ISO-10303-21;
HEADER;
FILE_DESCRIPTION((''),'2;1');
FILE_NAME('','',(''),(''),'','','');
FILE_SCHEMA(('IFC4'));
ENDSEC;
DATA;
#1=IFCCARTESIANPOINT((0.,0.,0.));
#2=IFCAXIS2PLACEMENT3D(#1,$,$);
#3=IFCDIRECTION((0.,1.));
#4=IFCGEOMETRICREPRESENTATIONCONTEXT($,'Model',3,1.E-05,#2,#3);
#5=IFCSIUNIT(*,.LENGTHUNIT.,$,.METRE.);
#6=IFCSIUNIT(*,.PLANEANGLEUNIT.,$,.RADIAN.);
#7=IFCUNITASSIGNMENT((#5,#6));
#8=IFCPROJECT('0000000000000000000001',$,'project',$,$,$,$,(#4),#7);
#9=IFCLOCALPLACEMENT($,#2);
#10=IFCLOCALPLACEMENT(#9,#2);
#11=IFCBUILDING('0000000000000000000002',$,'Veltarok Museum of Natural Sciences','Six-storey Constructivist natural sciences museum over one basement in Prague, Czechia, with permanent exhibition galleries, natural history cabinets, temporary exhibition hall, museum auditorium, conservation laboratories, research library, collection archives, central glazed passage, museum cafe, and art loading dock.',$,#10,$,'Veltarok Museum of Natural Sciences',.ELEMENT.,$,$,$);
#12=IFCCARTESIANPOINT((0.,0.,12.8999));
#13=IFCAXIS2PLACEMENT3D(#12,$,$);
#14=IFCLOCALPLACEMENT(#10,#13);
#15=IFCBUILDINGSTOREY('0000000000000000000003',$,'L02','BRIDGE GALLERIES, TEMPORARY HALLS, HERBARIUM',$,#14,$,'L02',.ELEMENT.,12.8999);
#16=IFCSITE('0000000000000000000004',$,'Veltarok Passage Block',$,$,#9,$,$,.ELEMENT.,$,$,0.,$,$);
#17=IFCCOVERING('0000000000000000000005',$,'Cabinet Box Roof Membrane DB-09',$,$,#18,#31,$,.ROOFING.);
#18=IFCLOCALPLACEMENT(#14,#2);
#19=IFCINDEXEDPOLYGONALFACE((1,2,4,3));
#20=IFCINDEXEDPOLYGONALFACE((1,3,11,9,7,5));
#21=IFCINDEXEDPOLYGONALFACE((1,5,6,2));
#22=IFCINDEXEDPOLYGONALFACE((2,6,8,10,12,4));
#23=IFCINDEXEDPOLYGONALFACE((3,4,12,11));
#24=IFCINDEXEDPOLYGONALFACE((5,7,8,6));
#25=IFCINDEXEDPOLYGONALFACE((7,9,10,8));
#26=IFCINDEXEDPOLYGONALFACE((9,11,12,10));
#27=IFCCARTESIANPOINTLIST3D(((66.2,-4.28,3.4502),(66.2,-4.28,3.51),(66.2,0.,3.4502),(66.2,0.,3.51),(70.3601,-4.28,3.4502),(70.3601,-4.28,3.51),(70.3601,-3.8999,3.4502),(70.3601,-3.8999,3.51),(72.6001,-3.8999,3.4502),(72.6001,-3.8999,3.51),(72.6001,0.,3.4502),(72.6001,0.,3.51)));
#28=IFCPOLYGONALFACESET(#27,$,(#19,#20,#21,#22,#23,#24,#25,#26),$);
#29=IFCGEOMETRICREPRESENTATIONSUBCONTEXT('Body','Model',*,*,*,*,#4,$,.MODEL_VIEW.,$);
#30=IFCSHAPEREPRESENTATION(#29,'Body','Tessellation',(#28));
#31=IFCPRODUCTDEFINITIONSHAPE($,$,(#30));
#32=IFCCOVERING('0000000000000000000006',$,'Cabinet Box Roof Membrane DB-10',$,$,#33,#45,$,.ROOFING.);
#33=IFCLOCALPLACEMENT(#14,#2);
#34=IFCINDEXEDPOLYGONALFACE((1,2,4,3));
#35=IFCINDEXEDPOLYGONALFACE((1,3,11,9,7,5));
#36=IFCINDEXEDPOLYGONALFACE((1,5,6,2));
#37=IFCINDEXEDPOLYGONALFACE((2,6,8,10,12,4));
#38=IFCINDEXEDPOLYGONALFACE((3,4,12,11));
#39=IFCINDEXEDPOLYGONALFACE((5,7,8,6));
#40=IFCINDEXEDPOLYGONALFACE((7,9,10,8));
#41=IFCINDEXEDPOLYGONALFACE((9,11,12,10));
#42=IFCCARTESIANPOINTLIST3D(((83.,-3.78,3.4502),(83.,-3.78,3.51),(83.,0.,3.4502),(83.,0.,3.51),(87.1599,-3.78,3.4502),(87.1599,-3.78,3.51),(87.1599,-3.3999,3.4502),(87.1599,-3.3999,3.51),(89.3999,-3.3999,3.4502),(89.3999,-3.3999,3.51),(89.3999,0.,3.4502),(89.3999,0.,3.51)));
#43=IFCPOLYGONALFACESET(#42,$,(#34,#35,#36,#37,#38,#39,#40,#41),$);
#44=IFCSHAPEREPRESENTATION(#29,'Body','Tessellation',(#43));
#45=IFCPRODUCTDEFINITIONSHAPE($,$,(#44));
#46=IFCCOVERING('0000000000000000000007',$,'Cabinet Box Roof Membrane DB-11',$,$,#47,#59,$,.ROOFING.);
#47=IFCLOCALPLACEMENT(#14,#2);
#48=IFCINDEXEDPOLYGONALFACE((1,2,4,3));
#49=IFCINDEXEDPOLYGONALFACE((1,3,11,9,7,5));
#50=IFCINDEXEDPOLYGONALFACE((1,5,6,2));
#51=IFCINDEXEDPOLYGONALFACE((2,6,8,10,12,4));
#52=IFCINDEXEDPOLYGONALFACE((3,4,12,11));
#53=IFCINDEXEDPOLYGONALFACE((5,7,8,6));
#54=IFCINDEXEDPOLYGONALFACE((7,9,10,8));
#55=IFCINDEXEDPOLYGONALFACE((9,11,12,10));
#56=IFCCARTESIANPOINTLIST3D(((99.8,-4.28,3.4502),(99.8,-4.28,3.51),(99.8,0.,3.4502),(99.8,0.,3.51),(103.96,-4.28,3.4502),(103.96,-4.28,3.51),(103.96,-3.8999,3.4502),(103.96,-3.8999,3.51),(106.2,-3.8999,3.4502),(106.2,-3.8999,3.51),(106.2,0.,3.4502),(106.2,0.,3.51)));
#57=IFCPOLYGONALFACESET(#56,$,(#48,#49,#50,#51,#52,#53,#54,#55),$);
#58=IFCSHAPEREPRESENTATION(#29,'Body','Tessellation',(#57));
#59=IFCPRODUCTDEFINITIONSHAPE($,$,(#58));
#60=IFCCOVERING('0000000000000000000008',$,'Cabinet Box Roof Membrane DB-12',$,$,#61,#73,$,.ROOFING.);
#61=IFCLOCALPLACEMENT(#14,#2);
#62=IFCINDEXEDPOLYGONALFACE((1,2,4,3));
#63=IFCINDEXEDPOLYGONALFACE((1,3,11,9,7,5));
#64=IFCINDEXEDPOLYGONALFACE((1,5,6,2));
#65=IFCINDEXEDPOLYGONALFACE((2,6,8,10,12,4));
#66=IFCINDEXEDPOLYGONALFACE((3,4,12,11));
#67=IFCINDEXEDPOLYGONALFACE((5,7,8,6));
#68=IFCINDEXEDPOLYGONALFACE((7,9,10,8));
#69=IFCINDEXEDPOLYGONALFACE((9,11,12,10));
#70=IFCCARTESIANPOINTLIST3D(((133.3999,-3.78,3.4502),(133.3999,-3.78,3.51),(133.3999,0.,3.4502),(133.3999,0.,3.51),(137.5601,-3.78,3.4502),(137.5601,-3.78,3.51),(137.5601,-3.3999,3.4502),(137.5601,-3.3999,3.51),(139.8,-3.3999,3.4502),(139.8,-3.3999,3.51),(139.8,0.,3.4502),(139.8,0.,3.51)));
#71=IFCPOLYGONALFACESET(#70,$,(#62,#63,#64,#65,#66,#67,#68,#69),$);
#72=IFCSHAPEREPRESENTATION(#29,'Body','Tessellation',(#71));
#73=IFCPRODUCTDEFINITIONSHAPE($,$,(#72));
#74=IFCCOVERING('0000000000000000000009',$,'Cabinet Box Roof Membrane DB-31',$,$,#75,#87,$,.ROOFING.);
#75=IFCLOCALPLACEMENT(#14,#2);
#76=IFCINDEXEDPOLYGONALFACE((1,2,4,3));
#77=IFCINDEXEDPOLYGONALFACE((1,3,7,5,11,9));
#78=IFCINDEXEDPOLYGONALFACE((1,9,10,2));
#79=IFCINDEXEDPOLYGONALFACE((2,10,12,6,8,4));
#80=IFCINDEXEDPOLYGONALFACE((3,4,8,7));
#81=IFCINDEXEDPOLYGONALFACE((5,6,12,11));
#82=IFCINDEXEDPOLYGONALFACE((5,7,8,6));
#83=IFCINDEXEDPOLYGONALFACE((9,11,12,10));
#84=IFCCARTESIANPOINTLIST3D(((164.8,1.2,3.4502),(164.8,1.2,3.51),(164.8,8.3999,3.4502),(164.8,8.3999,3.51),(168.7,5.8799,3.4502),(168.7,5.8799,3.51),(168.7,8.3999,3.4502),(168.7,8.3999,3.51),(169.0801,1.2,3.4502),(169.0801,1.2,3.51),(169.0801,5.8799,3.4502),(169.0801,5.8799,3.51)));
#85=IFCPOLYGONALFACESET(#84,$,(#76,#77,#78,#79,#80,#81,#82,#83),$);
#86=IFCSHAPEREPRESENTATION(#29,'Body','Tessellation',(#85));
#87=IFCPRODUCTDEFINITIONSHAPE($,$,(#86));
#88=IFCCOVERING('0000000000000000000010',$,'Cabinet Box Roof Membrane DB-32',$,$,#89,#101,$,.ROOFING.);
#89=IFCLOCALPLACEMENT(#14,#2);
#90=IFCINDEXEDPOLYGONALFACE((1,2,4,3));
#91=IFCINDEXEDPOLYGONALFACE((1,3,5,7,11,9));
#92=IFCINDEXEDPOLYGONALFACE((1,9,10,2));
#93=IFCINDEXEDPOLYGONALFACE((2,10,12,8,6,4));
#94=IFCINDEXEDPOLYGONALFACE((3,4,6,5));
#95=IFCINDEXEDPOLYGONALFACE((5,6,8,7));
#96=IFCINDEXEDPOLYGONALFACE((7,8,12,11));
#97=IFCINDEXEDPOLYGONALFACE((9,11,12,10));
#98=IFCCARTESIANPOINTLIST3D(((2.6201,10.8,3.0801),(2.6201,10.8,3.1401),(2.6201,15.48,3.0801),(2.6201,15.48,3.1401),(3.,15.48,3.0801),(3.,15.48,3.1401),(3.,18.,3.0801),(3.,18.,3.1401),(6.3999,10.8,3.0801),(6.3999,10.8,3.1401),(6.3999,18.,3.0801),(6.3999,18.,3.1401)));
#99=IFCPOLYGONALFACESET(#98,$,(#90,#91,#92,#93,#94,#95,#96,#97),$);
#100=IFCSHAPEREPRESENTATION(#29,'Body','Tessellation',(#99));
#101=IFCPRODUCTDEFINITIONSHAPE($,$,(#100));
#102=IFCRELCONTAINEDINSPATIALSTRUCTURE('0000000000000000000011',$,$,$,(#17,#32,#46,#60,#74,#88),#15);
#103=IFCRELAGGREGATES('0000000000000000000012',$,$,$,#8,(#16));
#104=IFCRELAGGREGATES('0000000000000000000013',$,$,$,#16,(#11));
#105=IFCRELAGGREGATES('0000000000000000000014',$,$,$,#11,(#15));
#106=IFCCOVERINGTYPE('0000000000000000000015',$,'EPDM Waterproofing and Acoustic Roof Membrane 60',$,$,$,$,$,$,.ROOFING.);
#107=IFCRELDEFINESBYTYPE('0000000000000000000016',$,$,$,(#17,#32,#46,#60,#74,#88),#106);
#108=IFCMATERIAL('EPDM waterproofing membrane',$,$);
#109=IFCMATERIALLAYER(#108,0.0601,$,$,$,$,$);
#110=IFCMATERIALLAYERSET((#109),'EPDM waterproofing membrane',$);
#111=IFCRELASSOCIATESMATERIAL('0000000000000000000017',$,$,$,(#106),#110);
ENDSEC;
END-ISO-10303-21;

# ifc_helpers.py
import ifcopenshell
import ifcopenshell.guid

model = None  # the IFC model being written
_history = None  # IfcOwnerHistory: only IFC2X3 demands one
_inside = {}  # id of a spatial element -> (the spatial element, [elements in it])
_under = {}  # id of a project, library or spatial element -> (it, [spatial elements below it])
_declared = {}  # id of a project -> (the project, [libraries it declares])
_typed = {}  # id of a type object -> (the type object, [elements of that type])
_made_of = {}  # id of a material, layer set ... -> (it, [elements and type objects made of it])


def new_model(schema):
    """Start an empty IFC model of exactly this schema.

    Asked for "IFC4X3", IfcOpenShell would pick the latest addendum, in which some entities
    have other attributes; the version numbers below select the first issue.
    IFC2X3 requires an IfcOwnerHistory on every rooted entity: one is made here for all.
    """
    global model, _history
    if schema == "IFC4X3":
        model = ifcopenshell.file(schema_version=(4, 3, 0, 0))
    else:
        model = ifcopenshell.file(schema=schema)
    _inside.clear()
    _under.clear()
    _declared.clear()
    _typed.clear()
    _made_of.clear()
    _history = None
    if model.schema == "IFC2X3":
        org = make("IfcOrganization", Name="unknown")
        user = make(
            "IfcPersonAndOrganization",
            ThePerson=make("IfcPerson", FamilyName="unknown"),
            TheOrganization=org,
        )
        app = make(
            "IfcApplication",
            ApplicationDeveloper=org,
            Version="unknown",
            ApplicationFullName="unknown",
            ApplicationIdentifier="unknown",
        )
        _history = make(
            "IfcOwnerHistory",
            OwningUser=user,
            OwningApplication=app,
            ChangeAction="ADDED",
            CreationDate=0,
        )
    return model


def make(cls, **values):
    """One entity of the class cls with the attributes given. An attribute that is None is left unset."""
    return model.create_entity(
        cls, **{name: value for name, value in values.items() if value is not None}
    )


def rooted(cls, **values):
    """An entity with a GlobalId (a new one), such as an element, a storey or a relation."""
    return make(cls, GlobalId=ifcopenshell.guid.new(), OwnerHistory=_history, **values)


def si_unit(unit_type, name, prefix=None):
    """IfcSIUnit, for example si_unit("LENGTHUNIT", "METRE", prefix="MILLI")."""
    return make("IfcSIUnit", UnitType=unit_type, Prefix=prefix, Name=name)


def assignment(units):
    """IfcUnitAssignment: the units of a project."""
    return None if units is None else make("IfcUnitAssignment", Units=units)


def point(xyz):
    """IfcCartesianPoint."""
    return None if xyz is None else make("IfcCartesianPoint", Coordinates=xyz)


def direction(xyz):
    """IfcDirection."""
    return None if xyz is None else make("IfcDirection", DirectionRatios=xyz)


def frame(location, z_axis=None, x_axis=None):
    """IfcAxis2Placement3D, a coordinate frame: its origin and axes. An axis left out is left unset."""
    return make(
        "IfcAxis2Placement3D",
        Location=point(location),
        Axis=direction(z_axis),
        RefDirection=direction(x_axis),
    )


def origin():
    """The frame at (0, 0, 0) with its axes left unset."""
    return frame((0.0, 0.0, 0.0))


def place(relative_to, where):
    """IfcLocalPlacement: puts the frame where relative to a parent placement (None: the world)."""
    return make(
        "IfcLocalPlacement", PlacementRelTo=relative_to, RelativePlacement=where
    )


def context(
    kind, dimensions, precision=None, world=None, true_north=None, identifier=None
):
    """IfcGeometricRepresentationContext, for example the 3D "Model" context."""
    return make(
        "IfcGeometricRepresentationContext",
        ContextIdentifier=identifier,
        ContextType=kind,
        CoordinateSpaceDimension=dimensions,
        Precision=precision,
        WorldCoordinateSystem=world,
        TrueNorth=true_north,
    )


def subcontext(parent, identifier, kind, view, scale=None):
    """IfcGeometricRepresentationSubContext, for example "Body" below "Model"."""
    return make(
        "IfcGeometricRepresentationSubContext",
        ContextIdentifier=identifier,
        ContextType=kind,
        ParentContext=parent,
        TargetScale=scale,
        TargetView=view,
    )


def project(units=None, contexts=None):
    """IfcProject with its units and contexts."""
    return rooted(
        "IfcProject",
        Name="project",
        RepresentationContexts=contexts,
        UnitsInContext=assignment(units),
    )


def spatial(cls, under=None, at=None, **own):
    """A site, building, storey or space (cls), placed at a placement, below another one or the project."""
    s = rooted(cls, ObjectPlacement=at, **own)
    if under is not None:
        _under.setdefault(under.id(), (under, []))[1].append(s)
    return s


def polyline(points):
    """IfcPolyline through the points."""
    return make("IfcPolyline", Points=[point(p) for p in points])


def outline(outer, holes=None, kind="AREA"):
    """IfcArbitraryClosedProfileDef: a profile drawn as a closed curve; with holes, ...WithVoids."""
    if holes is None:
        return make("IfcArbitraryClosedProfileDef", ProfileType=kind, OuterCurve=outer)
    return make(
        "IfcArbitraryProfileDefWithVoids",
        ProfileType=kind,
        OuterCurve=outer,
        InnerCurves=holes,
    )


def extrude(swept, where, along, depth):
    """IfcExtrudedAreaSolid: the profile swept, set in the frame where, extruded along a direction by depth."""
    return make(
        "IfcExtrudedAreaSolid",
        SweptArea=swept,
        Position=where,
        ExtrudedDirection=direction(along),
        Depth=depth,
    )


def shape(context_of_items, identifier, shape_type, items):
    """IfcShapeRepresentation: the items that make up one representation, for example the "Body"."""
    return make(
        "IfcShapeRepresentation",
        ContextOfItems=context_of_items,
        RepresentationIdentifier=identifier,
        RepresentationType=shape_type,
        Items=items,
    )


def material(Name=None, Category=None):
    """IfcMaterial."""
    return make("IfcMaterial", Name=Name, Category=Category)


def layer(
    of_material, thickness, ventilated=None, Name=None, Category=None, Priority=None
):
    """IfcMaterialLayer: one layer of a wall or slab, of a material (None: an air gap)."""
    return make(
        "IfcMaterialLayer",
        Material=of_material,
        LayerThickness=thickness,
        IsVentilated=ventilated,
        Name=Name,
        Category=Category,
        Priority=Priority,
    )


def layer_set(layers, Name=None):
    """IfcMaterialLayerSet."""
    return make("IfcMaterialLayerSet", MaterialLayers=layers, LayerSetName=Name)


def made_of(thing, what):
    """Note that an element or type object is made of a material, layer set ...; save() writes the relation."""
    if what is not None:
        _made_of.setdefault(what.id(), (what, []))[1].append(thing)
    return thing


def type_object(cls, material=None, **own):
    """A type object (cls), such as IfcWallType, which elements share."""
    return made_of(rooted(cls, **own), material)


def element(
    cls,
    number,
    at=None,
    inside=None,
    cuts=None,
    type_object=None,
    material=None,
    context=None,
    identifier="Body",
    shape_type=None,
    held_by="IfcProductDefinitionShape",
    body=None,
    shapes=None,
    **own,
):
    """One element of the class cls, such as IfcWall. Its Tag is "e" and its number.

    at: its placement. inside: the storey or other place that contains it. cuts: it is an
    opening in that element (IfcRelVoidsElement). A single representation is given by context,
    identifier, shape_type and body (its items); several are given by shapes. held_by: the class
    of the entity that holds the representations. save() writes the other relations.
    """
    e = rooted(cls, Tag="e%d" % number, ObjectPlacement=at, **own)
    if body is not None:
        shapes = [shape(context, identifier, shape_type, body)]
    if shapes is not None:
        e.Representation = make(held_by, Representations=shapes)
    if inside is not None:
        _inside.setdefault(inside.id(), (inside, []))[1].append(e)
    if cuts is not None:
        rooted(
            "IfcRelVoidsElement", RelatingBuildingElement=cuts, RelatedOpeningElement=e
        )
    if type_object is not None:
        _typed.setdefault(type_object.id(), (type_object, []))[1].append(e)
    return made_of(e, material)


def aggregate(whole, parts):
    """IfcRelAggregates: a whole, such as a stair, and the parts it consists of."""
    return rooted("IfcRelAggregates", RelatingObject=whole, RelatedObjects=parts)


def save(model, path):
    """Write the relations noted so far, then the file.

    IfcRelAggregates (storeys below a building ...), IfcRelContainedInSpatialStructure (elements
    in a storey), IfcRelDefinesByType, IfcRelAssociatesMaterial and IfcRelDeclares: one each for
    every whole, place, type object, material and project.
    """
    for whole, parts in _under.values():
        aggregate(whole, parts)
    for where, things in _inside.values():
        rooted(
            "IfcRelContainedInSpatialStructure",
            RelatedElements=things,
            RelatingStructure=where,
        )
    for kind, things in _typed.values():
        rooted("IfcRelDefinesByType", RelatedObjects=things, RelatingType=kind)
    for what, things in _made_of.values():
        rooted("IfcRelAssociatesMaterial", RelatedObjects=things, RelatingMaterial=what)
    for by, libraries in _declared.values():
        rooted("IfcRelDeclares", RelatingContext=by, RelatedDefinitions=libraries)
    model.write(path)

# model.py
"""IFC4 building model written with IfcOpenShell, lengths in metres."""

from ifc_helpers import new_model, si_unit, direction, frame, origin, place, context, subcontext, project, spatial, polyline, outline, extrude, material, layer, layer_set, type_object, element, save


model = new_model("IFC4")

# Units and contexts
model_context = context("Model", 3, precision=1e-05, world=origin(), true_north=direction((0.0, 1.0)))
body_context = subcontext(model_context, "Body", "Model", "MODEL_VIEW")
ifc_project = project(units=[si_unit("LENGTHUNIT", "METRE"), si_unit("PLANEANGLEUNIT", "RADIAN")], contexts=[model_context])

# Site, building, storey
site_placement = place(None, origin())
site = spatial("IfcSite", under=ifc_project, at=site_placement, Name="Veltarok Passage Block", CompositionType="ELEMENT", RefElevation=0.0)
building_placement = place(site_placement, origin())
building = spatial("IfcBuilding", under=site, at=building_placement, Name="Veltarok Museum of Natural Sciences", Description="Six-storey Constructivist natural sciences museum over one basement in Prague, Czechia, with permanent exhibition galleries, natural history cabinets, temporary exhibition hall, museum auditorium, conservation laboratories, research library, collection archives, central glazed passage, museum cafe, and art loading dock.", LongName="Veltarok Museum of Natural Sciences", CompositionType="ELEMENT")
storey_placement = place(building_placement, frame((0.0, 0.0, 12.8999)))
storey = spatial("IfcBuildingStorey", under=building, at=storey_placement, Name="L02", Description="BRIDGE GALLERIES, TEMPORARY HALLS, HERBARIUM", LongName="L02", CompositionType="ELEMENT", Elevation=12.8999)

# Coverings
ifc_material_1 = material(Name="EPDM waterproofing membrane")
ifc_layer_1 = layer(ifc_material_1, 0.0601)
ifc_layer_set_1 = layer_set([ifc_layer_1], Name="EPDM waterproofing membrane")
covering_type = type_object("IfcCoveringType", Name="EPDM Waterproofing and Acoustic Roof Membrane 60", PredefinedType="ROOFING", material=ifc_layer_set_1)
covering_1_placement = place(storey_placement, frame((0.0, 0.0, 3.4502)))
element("IfcCovering", 1, at=covering_1_placement, inside=storey, type_object=covering_type, Name="Cabinet Box Roof Membrane DB-09", PredefinedType="ROOFING", context=body_context, shape_type="SweptSolid", body=[
    extrude(outline(polyline([(66.2, -4.28), (70.3601, -4.28), (70.3601, -3.8999), (72.6001, -3.8999), (72.6001, 0.0), (66.2, 0.0), (66.2, -4.28)])), origin(), (0.0, 0.0, 1.0), 0.0598),
])
covering_2_placement = place(storey_placement, frame((0.0, 0.0, 3.4502)))
element("IfcCovering", 2, at=covering_2_placement, inside=storey, type_object=covering_type, Name="Cabinet Box Roof Membrane DB-10", PredefinedType="ROOFING", context=body_context, shape_type="SweptSolid", body=[
    extrude(outline(polyline([(83.0, -3.78), (87.1599, -3.78), (87.1599, -3.3999), (89.3999, -3.3999), (89.3999, 0.0), (83.0, 0.0), (83.0, -3.78)])), origin(), (0.0, 0.0, 1.0), 0.0598),
])
covering_3_placement = place(storey_placement, frame((0.0, 0.0, 3.4502)))
element("IfcCovering", 3, at=covering_3_placement, inside=storey, type_object=covering_type, Name="Cabinet Box Roof Membrane DB-11", PredefinedType="ROOFING", context=body_context, shape_type="SweptSolid", body=[
    extrude(outline(polyline([(99.8, -4.28), (103.96, -4.28), (103.96, -3.8999), (106.2, -3.8999), (106.2, 0.0), (99.8, 0.0), (99.8, -4.28)])), origin(), (0.0, 0.0, 1.0), 0.0598),
])
covering_4_placement = place(storey_placement, frame((0.0, 0.0, 3.4502)))
element("IfcCovering", 4, at=covering_4_placement, inside=storey, type_object=covering_type, Name="Cabinet Box Roof Membrane DB-12", PredefinedType="ROOFING", context=body_context, shape_type="SweptSolid", body=[
    extrude(outline(polyline([(133.3999, -3.78), (137.5601, -3.78), (137.5601, -3.3999), (139.8, -3.3999), (139.8, 0.0), (133.3999, 0.0), (133.3999, -3.78)])), origin(), (0.0, 0.0, 1.0), 0.0598),
])
covering_5_placement = place(storey_placement, frame((0.0, 0.0, 3.4502)))
element("IfcCovering", 5, at=covering_5_placement, inside=storey, type_object=covering_type, Name="Cabinet Box Roof Membrane DB-31", PredefinedType="ROOFING", context=body_context, shape_type="SweptSolid", body=[
    extrude(outline(polyline([(164.8, 1.2), (169.0801, 1.2), (169.0801, 5.8799), (168.7, 5.8799), (168.7, 8.3999), (164.8, 8.3999), (164.8, 1.2)])), origin(), (0.0, 0.0, 1.0), 0.0598),
])
covering_6_placement = place(storey_placement, frame((0.0, 0.0, 3.0801)))
element("IfcCovering", 6, at=covering_6_placement, inside=storey, type_object=covering_type, Name="Cabinet Box Roof Membrane DB-32", PredefinedType="ROOFING", context=body_context, shape_type="SweptSolid", body=[
    extrude(outline(polyline([(2.6201, 10.8), (6.3999, 10.8), (6.3999, 18.0), (3.0, 18.0), (3.0, 15.48), (2.6201, 15.48), (2.6201, 10.8)])), origin(), (0.0, 0.0, 1.0), 0.0601),
])

save(model, "model.ifc")
